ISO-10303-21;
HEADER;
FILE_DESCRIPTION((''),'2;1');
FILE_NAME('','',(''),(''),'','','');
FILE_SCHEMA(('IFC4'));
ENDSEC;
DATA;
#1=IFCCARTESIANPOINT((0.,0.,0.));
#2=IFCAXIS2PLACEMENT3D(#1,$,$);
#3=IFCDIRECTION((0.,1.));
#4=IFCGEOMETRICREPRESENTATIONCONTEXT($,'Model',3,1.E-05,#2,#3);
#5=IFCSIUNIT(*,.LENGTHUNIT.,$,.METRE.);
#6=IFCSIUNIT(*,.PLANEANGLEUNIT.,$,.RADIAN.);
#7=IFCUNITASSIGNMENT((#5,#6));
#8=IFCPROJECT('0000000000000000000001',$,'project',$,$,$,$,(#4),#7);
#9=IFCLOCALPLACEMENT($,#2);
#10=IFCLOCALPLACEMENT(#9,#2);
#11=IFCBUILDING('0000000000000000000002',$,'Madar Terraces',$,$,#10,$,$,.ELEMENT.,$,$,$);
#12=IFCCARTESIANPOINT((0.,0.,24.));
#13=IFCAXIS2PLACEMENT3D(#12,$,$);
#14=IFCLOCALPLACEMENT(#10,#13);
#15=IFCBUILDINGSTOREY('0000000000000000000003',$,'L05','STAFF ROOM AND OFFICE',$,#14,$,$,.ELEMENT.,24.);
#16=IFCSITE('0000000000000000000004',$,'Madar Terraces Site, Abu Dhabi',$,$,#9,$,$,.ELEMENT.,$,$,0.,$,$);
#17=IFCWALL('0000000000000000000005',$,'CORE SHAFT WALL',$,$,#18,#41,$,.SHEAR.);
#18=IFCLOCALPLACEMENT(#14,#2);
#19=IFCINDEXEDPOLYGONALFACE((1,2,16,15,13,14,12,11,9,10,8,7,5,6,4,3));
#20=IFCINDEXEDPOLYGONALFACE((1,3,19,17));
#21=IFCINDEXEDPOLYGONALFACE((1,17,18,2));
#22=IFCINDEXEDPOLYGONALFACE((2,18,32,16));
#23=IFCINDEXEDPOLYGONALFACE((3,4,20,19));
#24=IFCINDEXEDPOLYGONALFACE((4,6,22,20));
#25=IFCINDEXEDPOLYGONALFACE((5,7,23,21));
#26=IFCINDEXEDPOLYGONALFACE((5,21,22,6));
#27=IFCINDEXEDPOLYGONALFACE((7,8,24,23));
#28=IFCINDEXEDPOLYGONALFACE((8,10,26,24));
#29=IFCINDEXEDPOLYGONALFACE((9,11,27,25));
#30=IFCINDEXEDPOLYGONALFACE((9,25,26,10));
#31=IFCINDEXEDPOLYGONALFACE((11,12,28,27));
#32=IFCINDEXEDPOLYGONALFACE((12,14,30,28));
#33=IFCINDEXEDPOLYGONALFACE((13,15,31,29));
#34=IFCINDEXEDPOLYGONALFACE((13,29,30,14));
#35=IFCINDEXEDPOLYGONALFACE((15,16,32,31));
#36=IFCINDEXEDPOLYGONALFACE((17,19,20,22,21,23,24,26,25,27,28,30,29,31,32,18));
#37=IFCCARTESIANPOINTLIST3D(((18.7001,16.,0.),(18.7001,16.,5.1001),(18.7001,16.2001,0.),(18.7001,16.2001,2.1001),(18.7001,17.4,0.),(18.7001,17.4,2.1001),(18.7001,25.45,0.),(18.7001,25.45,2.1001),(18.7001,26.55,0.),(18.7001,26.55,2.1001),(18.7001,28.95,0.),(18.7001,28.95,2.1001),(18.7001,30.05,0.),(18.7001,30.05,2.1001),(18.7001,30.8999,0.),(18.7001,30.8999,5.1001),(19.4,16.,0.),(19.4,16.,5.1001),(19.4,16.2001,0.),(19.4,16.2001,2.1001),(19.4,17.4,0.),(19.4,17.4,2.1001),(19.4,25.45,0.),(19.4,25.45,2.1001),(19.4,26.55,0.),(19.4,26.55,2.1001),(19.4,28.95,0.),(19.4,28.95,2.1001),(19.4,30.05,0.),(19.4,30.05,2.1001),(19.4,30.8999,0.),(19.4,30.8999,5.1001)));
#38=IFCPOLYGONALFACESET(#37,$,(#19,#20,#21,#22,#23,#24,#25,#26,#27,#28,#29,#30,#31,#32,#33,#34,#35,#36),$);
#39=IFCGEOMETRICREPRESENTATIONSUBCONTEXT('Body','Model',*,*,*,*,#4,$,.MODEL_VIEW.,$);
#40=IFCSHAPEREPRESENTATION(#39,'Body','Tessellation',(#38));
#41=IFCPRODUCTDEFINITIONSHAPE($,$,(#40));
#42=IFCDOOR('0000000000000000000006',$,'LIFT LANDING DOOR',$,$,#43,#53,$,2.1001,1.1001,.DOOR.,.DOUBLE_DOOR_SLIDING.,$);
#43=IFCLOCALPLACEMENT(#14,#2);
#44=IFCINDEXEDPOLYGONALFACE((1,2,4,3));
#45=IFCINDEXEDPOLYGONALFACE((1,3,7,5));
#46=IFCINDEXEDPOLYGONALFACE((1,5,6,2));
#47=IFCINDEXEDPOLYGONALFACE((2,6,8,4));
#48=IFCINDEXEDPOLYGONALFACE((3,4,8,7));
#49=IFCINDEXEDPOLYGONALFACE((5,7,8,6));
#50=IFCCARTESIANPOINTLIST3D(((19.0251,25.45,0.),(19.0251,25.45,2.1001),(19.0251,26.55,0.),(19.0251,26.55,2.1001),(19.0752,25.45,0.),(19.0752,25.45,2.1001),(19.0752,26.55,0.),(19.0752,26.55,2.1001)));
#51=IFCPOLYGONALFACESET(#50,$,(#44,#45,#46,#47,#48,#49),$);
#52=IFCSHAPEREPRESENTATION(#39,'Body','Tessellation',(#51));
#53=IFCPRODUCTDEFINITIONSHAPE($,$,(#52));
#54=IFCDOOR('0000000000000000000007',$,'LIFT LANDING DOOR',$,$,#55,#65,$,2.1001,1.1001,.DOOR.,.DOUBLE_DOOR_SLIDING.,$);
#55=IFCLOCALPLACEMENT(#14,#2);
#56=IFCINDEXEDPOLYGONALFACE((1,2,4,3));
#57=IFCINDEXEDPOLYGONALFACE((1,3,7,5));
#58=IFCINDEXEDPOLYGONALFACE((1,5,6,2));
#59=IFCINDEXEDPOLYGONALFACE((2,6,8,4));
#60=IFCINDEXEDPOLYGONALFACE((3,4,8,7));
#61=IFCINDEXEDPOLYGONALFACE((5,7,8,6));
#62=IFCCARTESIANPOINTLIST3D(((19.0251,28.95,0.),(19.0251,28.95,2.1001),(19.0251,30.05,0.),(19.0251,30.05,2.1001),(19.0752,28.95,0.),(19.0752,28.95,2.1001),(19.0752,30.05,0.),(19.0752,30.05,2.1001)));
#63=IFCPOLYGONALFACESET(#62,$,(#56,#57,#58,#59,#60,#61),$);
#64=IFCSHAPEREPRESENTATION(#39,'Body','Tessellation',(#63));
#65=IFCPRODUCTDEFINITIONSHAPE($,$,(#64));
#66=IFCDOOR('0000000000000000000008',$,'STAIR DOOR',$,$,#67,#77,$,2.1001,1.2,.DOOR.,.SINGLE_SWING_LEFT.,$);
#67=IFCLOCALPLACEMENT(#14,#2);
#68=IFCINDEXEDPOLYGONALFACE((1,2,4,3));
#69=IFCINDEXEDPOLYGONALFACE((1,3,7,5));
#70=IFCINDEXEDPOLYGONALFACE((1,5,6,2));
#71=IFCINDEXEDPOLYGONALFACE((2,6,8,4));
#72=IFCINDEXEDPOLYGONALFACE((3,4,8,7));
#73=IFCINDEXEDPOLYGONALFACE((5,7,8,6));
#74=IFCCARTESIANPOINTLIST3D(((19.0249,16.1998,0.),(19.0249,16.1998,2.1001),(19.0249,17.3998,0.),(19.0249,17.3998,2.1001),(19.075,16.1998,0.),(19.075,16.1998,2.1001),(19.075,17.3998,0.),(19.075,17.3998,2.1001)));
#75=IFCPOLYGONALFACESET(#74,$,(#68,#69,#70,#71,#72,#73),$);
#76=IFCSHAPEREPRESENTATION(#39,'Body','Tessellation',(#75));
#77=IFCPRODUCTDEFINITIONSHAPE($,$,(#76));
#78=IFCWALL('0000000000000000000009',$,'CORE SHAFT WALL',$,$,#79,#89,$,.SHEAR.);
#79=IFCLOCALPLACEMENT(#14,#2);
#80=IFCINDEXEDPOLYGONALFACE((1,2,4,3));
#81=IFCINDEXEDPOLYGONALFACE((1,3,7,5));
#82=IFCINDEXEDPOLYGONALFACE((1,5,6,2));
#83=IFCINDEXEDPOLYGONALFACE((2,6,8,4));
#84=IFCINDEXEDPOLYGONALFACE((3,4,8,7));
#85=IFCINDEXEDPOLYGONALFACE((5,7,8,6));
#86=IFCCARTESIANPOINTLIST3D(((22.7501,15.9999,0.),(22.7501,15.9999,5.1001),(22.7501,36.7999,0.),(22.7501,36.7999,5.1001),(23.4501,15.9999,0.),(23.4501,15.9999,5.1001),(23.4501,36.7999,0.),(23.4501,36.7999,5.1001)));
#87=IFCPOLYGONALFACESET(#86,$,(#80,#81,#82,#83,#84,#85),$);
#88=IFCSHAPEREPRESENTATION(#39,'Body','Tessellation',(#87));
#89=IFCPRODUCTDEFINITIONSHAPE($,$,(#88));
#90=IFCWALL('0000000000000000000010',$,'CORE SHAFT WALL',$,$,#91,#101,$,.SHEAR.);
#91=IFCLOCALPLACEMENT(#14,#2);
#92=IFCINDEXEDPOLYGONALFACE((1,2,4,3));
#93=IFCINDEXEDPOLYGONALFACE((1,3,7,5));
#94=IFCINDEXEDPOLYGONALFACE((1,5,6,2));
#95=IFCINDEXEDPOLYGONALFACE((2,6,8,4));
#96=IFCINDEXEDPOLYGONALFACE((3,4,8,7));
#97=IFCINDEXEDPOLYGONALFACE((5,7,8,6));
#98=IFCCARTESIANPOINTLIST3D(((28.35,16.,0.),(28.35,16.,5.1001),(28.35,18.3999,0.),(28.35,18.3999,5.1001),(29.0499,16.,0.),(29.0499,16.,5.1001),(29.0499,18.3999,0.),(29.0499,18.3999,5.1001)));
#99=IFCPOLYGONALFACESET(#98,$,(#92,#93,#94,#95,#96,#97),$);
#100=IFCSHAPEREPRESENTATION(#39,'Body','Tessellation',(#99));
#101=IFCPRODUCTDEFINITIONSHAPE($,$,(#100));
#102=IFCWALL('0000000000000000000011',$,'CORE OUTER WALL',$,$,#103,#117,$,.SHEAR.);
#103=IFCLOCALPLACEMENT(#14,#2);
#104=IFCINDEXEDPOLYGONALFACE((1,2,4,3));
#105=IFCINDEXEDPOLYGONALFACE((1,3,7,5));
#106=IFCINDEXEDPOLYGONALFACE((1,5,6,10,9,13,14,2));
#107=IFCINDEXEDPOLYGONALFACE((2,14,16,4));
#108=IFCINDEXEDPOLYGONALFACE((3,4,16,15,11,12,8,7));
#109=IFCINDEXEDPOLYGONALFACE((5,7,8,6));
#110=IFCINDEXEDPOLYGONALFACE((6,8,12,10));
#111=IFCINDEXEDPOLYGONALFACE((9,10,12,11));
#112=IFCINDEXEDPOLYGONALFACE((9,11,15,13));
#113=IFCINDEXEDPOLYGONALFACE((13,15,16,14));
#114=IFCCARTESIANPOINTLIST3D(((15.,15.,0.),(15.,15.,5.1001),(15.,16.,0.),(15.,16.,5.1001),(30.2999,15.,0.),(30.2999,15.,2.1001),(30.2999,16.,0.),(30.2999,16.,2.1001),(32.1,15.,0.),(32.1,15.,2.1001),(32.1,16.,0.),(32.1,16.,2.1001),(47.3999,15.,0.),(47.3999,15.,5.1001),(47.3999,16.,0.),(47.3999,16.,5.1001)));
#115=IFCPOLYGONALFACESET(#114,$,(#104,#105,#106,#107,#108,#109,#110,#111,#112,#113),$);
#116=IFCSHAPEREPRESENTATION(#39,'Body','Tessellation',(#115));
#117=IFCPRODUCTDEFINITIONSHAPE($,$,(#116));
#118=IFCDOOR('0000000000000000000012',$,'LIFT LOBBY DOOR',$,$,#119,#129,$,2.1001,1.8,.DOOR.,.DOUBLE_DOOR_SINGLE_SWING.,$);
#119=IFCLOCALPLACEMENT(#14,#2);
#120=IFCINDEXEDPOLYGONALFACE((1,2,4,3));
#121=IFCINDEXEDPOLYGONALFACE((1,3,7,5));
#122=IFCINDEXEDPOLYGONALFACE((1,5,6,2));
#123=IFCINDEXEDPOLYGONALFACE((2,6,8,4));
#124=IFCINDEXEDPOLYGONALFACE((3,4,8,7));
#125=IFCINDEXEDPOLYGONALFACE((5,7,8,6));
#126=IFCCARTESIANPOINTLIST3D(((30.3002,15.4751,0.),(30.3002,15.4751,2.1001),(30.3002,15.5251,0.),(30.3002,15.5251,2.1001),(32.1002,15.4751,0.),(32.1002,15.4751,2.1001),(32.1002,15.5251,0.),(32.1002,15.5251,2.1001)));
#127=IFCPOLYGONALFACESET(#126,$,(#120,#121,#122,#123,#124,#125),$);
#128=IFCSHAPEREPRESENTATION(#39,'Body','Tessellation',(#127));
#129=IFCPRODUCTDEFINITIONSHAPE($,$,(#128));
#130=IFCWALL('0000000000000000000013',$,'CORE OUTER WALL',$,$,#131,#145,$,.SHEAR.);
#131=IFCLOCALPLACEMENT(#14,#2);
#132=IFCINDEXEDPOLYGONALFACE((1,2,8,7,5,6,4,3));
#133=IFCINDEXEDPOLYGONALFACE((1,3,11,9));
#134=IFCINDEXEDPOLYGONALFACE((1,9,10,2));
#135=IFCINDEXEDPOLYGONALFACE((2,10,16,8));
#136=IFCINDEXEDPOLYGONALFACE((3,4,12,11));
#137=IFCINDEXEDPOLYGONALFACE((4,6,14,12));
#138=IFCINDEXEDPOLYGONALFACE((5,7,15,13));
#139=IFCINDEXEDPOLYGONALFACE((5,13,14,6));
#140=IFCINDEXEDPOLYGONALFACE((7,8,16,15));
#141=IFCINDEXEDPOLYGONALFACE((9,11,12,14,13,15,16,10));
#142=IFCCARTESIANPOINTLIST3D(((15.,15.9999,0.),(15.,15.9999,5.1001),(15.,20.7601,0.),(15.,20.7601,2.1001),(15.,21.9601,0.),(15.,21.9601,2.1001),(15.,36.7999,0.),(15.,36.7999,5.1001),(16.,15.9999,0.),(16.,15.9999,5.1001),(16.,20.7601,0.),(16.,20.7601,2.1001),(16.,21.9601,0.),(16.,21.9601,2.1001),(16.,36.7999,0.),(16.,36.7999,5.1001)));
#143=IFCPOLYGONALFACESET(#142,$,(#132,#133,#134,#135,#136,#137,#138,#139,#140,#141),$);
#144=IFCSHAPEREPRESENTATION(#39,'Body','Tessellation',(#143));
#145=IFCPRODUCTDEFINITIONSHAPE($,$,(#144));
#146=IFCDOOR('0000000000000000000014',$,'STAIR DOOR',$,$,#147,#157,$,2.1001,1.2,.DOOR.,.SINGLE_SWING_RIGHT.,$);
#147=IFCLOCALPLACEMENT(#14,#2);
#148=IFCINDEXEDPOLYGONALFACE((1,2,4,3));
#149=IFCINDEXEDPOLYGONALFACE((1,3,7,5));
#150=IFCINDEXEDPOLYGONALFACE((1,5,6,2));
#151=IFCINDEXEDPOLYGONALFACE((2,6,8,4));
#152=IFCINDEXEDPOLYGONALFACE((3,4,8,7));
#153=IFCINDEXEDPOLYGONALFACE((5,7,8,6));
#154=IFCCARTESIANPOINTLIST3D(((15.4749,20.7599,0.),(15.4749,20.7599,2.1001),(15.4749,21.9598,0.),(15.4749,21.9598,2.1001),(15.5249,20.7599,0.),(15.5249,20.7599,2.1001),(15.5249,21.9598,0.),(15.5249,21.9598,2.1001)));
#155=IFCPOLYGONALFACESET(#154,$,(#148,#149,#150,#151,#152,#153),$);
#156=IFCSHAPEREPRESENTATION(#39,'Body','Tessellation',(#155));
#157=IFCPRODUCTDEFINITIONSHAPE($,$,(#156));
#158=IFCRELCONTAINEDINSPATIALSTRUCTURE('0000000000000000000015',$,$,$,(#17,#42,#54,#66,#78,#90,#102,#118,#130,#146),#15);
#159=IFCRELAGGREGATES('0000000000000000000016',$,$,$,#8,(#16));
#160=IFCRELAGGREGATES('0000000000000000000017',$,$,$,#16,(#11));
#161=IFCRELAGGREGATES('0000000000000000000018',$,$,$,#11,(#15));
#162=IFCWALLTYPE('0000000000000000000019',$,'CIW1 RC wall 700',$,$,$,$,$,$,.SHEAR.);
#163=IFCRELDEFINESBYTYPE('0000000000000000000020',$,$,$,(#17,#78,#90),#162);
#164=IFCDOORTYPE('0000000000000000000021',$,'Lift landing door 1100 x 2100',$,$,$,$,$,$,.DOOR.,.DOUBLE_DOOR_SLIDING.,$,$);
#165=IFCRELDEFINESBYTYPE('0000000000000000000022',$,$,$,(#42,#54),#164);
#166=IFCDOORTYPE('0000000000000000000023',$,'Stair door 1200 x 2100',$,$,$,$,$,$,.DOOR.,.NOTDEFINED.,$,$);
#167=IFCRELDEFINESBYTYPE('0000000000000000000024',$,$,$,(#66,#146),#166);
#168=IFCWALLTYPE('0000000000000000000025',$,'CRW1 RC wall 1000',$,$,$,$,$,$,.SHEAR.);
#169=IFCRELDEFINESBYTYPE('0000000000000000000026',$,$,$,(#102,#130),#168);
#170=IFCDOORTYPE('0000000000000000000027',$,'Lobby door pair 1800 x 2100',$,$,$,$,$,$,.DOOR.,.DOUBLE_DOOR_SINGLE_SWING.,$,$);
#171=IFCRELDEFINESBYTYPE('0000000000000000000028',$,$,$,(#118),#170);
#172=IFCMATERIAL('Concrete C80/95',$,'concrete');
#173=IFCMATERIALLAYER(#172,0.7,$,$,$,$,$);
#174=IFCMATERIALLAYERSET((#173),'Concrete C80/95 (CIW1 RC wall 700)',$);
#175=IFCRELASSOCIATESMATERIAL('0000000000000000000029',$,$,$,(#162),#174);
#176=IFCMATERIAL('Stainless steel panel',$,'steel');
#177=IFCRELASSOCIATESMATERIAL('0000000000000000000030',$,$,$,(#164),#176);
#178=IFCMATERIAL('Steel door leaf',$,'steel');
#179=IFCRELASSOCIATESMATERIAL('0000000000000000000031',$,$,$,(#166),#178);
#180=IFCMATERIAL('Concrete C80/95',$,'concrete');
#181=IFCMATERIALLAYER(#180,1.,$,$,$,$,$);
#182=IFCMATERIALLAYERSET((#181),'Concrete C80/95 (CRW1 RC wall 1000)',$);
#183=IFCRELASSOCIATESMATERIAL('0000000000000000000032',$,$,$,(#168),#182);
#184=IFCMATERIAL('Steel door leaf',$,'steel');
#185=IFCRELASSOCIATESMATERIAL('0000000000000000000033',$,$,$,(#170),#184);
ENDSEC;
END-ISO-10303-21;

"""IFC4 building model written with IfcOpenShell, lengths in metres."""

from ifc_helpers import new_model, si_unit, direction, frame, frame_2d, origin, place, context, subcontext, project, spatial, rectangle, extrude, material, layer, layer_set, type_object, element, fill, save


model = new_model("IFC4")

# Units and contexts
model_context = context("Model", 3, precision=1e-05, world=origin(), true_north=direction((0.0, 1.0)))
body_context = subcontext(model_context, "Body", "Model", "MODEL_VIEW")
ifc_project = project(units=[si_unit("LENGTHUNIT", "METRE"), si_unit("PLANEANGLEUNIT", "RADIAN")], contexts=[model_context])

# Site, building, storey
site_placement = place(None, origin())
site = spatial("IfcSite", under=ifc_project, at=site_placement, Name="Madar Terraces Site, Abu Dhabi", CompositionType="ELEMENT", RefElevation=0.0)
building_placement = place(site_placement, origin())
building = spatial("IfcBuilding", under=site, at=building_placement, Name="Madar Terraces", CompositionType="ELEMENT")
storey_placement = place(building_placement, frame((0.0, 0.0, 24.0)))
storey = spatial("IfcBuildingStorey", under=building, at=storey_placement, Name="L05", Description="STAFF ROOM AND OFFICE", CompositionType="ELEMENT", Elevation=24.0)

# Wall, openings, doors
ifc_material_1 = material(Name="Concrete C80/95", Category="concrete")
ifc_layer_1 = layer(ifc_material_1, 0.7)
ifc_layer_set_1 = layer_set([ifc_layer_1], Name="Concrete C80/95 (CIW1 RC wall 700)")
wall_type_1 = type_object("IfcWallType", Name="CIW1 RC wall 700", PredefinedType="SHEAR", material=ifc_layer_set_1)
wall_1_placement = place(storey_placement, frame((19.05, 16.0, 0.0), z_axis=(0.0, 0.0, 1.0), x_axis=(0.0, 1.0, 0.0)))
wall_1 = element("IfcWall", 1, at=wall_1_placement, inside=storey, type_object=wall_type_1, Name="CORE SHAFT WALL", PredefinedType="SHEAR", context=body_context, shape_type="SweptSolid", body=[
    extrude(rectangle(XDim=14.8999, YDim=0.7, at=frame_2d((7.45, 0.0))), origin(), (0.0, 0.0, 1.0), 5.1001),
])
opening_1_placement = place(wall_1_placement, frame((9.45, 0.0, 0.0)))
opening_1 = element("IfcOpeningElement", 2, at=opening_1_placement, cuts=wall_1, PredefinedType="OPENING", context=body_context, shape_type="SweptSolid", body=[
    extrude(rectangle(XDim=1.1001, YDim=2.1001, at=frame_2d((0.55, 1.05))), frame((0.0, 0.3599, 0.0), z_axis=(0.0, -1.0, 0.0), x_axis=(1.0, 0.0, 0.0)), (0.0, 0.0, 1.0), 0.72),
])
opening_2_placement = place(wall_1_placement, frame((12.95, 0.0, 0.0)))
opening_2 = element("IfcOpeningElement", 3, at=opening_2_placement, cuts=wall_1, PredefinedType="OPENING", context=body_context, shape_type="SweptSolid", body=[
    extrude(rectangle(XDim=1.1001, YDim=2.1001, at=frame_2d((0.55, 1.05))), frame((0.0, 0.3599, 0.0), z_axis=(0.0, -1.0, 0.0), x_axis=(1.0, 0.0, 0.0)), (0.0, 0.0, 1.0), 0.72),
])
opening_3_placement = place(wall_1_placement, frame((0.2, 0.0, 0.0)))
opening_3 = element("IfcOpeningElement", 4, at=opening_3_placement, cuts=wall_1, PredefinedType="OPENING", context=body_context, shape_type="SweptSolid", body=[
    extrude(rectangle(XDim=1.2, YDim=2.1001, at=frame_2d((0.6001, 1.05))), frame((0.0, 0.3599, 0.0), z_axis=(0.0, -1.0, 0.0), x_axis=(1.0, 0.0, 0.0)), (0.0, 0.0, 1.0), 0.72),
])
ifc_material_2 = material(Name="Stainless steel panel", Category="steel")
door_type_1 = type_object("IfcDoorType", Name="Lift landing door 1100 x 2100", OperationType="DOUBLE_DOOR_SLIDING", PredefinedType="DOOR", material=ifc_material_2)
door_1_placement = place(opening_1_placement, origin())
door_1 = element("IfcDoor", 5, at=door_1_placement, inside=storey, type_object=door_type_1, Name="LIFT LANDING DOOR", OperationType="DOUBLE_DOOR_SLIDING", OverallHeight=2.1001, OverallWidth=1.1001, PredefinedType="DOOR", context=body_context, shape_type="SweptSolid", body=[
    extrude(rectangle(XDim=1.1001, YDim=2.1001, at=frame_2d((0.55, 1.05))), frame((0.0, 0.0249, 0.0), z_axis=(0.0, -1.0, 0.0), x_axis=(1.0, 0.0, 0.0)), (0.0, 0.0, 1.0), 0.05),
])
fill(opening_1, door_1)
door_2_placement = place(opening_2_placement, origin())
door_2 = element("IfcDoor", 6, at=door_2_placement, inside=storey, type_object=door_type_1, Name="LIFT LANDING DOOR", OperationType="DOUBLE_DOOR_SLIDING", OverallHeight=2.1001, OverallWidth=1.1001, PredefinedType="DOOR", context=body_context, shape_type="SweptSolid", body=[
    extrude(rectangle(XDim=1.1001, YDim=2.1001, at=frame_2d((0.55, 1.05))), frame((0.0, 0.0249, 0.0), z_axis=(0.0, -1.0, 0.0), x_axis=(1.0, 0.0, 0.0)), (0.0, 0.0, 1.0), 0.05),
])
fill(opening_2, door_2)
ifc_material_3 = material(Name="Steel door leaf", Category="steel")
door_type_2 = type_object("IfcDoorType", Name="Stair door 1200 x 2100", OperationType="NOTDEFINED", PredefinedType="DOOR", material=ifc_material_3)
door_3_placement = place(opening_3_placement, frame((1.2, 0.0, 0.0), z_axis=(0.0, 0.0, 1.0), x_axis=(-1.0, 0.0, 0.0)))
door_3 = element("IfcDoor", 7, at=door_3_placement, inside=storey, type_object=door_type_2, Name="STAIR DOOR", OperationType="SINGLE_SWING_LEFT", OverallHeight=2.1001, OverallWidth=1.2, PredefinedType="DOOR", context=body_context, shape_type="SweptSolid", body=[
    extrude(rectangle(XDim=1.2, YDim=2.1001, at=frame_2d((0.6001, 1.05))), frame((0.0, 0.0249, 0.0), z_axis=(0.0, -1.0, 0.0), x_axis=(1.0, 0.0, 0.0)), (0.0, 0.0, 1.0), 0.05),
])
fill(opening_3, door_3)

# Walls
wall_2_placement = place(storey_placement, frame((23.1001, 16.0, 0.0), z_axis=(0.0, 0.0, 1.0), x_axis=(0.0, 1.0, 0.0)))
element("IfcWall", 8, at=wall_2_placement, inside=storey, type_object=wall_type_1, Name="CORE SHAFT WALL", PredefinedType="SHEAR", context=body_context, shape_type="SweptSolid", body=[
    extrude(rectangle(XDim=20.8, YDim=0.7, at=frame_2d((10.3999, 0.0))), origin(), (0.0, 0.0, 1.0), 5.1001),
])
wall_3_placement = place(storey_placement, frame((28.7, 16.0, 0.0), z_axis=(0.0, 0.0, 1.0), x_axis=(0.0, 1.0, 0.0)))
element("IfcWall", 9, at=wall_3_placement, inside=storey, type_object=wall_type_1, Name="CORE SHAFT WALL", PredefinedType="SHEAR", context=body_context, shape_type="SweptSolid", body=[
    extrude(rectangle(XDim=2.3999, YDim=0.7, at=frame_2d((1.2, 0.0))), origin(), (0.0, 0.0, 1.0), 5.1001),
])

# Walls, openings, doors
ifc_material_4 = material(Name="Concrete C80/95", Category="concrete")
ifc_layer_2 = layer(ifc_material_4, 1.0)
ifc_layer_set_2 = layer_set([ifc_layer_2], Name="Concrete C80/95 (CRW1 RC wall 1000)")
wall_type_2 = type_object("IfcWallType", Name="CRW1 RC wall 1000", PredefinedType="SHEAR", material=ifc_layer_set_2)
wall_4_placement = place(storey_placement, frame((15.0, 15.5, 0.0), z_axis=(0.0, 0.0, 1.0), x_axis=(1.0, 0.0, 0.0)))
wall_4 = element("IfcWall", 10, at=wall_4_placement, inside=storey, type_object=wall_type_2, Name="CORE OUTER WALL", PredefinedType="SHEAR", context=body_context, shape_type="SweptSolid", body=[
    extrude(rectangle(XDim=32.3999, YDim=1.0, at=frame_2d((16.2, 0.0))), origin(), (0.0, 0.0, 1.0), 5.1001),
])
opening_4_placement = place(wall_4_placement, frame((15.3, 0.0, 0.0)))
opening_4 = element("IfcOpeningElement", 11, at=opening_4_placement, cuts=wall_4, PredefinedType="OPENING", context=body_context, shape_type="SweptSolid", body=[
    extrude(rectangle(XDim=1.8, YDim=2.1001, at=frame_2d((0.8999, 1.05))), frame((0.0, 0.51, 0.0), z_axis=(0.0, -1.0, 0.0), x_axis=(1.0, 0.0, 0.0)), (0.0, 0.0, 1.0), 1.02),
])
ifc_material_5 = material(Name="Steel door leaf", Category="steel")
door_type_3 = type_object("IfcDoorType", Name="Lobby door pair 1800 x 2100", OperationType="DOUBLE_DOOR_SINGLE_SWING", PredefinedType="DOOR", material=ifc_material_5)
door_4_placement = place(opening_4_placement, frame((1.8, 0.0, 0.0), z_axis=(0.0, 0.0, 1.0), x_axis=(-1.0, 0.0, 0.0)))
door_4 = element("IfcDoor", 12, at=door_4_placement, inside=storey, type_object=door_type_3, Name="LIFT LOBBY DOOR", OperationType="DOUBLE_DOOR_SINGLE_SWING", OverallHeight=2.1001, OverallWidth=1.8, PredefinedType="DOOR", context=body_context, shape_type="SweptSolid", body=[
    extrude(rectangle(XDim=1.8, YDim=2.1001, at=frame_2d((0.8999, 1.05))), frame((0.0, 0.0249, 0.0), z_axis=(0.0, -1.0, 0.0), x_axis=(1.0, 0.0, 0.0)), (0.0, 0.0, 1.0), 0.05),
])
fill(opening_4, door_4)
wall_5_placement = place(storey_placement, frame((15.5, 16.0, 0.0), z_axis=(0.0, 0.0, 1.0), x_axis=(0.0, 1.0, 0.0)))
wall_5 = element("IfcWall", 13, at=wall_5_placement, inside=storey, type_object=wall_type_2, Name="CORE OUTER WALL", PredefinedType="SHEAR", context=body_context, shape_type="SweptSolid", body=[
    extrude(rectangle(XDim=20.8, YDim=1.0, at=frame_2d((10.3999, 0.0))), origin(), (0.0, 0.0, 1.0), 5.1001),
])
opening_5_placement = place(wall_5_placement, frame((4.76, 0.0, 0.0)))
opening_5 = element("IfcOpeningElement", 14, at=opening_5_placement, cuts=wall_5, PredefinedType="OPENING", context=body_context, shape_type="SweptSolid", body=[
    extrude(rectangle(XDim=1.2, YDim=2.1001, at=frame_2d((0.6001, 1.05))), frame((0.0, 0.51, 0.0), z_axis=(0.0, -1.0, 0.0), x_axis=(1.0, 0.0, 0.0)), (0.0, 0.0, 1.0), 1.02),
])
door_5_placement = place(opening_5_placement, frame((1.2, 0.0, 0.0), z_axis=(0.0, 0.0, 1.0), x_axis=(-1.0, 0.0, 0.0)))
door_5 = element("IfcDoor", 15, at=door_5_placement, inside=storey, type_object=door_type_2, Name="STAIR DOOR", OperationType="SINGLE_SWING_RIGHT", OverallHeight=2.1001, OverallWidth=1.2, PredefinedType="DOOR", context=body_context, shape_type="SweptSolid", body=[
    extrude(rectangle(XDim=1.2, YDim=2.1001, at=frame_2d((0.6001, 1.05))), frame((0.0, 0.0249, 0.0), z_axis=(0.0, -1.0, 0.0), x_axis=(1.0, 0.0, 0.0)), (0.0, 0.0, 1.0), 0.05),
])
fill(opening_5, door_5)

save(model, "model.ifc")
